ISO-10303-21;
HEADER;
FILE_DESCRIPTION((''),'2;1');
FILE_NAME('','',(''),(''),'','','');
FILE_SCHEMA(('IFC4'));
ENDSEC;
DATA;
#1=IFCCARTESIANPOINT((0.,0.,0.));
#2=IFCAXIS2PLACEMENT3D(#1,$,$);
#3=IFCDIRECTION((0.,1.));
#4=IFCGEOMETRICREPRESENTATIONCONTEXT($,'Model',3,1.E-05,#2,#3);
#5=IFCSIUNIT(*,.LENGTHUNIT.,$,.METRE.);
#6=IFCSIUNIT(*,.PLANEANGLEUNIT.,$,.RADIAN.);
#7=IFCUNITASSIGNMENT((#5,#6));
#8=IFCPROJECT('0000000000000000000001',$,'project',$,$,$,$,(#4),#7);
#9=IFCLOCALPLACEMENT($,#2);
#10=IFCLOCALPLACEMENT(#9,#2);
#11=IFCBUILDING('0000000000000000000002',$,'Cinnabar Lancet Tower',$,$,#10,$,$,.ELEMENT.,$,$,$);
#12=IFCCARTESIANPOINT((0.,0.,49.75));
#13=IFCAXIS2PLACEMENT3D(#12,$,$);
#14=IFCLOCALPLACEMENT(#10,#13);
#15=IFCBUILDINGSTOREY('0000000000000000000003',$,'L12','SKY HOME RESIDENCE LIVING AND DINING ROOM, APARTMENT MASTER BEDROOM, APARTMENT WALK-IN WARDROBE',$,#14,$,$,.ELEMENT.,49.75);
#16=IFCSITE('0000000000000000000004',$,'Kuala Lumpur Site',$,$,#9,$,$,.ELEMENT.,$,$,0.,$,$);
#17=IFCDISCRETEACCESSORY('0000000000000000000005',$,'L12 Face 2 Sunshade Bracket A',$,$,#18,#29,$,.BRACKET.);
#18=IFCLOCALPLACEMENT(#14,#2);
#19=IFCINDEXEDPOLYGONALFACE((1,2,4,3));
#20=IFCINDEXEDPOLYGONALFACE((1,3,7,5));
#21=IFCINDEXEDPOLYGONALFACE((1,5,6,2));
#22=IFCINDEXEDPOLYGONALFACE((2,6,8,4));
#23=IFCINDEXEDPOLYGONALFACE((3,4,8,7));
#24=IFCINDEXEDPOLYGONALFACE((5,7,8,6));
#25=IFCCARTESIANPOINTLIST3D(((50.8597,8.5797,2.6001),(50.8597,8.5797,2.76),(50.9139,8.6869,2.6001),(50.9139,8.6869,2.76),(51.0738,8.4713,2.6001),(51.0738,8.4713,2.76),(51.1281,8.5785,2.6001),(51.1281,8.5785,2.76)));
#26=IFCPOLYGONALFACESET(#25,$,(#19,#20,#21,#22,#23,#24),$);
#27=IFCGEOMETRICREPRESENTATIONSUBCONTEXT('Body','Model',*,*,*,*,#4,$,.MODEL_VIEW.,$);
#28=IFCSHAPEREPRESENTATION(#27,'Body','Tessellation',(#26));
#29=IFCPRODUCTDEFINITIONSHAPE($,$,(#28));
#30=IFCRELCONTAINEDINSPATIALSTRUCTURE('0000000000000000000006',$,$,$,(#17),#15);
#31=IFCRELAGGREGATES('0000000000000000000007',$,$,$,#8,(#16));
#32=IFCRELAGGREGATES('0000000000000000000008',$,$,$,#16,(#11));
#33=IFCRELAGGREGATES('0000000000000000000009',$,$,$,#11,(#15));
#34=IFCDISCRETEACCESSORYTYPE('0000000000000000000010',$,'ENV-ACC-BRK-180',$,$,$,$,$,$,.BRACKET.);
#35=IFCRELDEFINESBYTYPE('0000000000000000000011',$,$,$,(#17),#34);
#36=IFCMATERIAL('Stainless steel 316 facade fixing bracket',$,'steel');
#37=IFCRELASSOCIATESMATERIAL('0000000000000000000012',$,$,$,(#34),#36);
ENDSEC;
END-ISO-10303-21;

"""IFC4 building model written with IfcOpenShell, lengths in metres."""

from ifc_helpers import new_model, si_unit, direction, frame, origin, origin_2d, place, context, subcontext, project, spatial, rectangle, extrude, material, type_object, element, save


model = new_model("IFC4")

# Units and contexts
model_context = context("Model", 3, precision=1e-05, world=origin(), true_north=direction((0.0, 1.0)))
body_context = subcontext(model_context, "Body", "Model", "MODEL_VIEW")
ifc_project = project(units=[si_unit("LENGTHUNIT", "METRE"), si_unit("PLANEANGLEUNIT", "RADIAN")], contexts=[model_context])

# Site, building, storey
site_placement = place(None, origin())
site = spatial("IfcSite", under=ifc_project, at=site_placement, Name="Kuala Lumpur Site", CompositionType="ELEMENT", RefElevation=0.0)
building_placement = place(site_placement, origin())
building = spatial("IfcBuilding", under=site, at=building_placement, Name="Cinnabar Lancet Tower", CompositionType="ELEMENT")
storey_placement = place(building_placement, frame((0.0, 0.0, 49.75)))
storey = spatial("IfcBuildingStorey", under=building, at=storey_placement, Name="L12", Description="SKY HOME RESIDENCE LIVING AND DINING ROOM, APARTMENT MASTER BEDROOM, APARTMENT WALK-IN WARDROBE", CompositionType="ELEMENT", Elevation=49.75)

# Discrete accessory
ifc_material_1 = material(Name="Stainless steel 316 facade fixing bracket", Category="steel")
discrete_accessory_type = type_object("IfcDiscreteAccessoryType", Name="ENV-ACC-BRK-180", PredefinedType="BRACKET", material=ifc_material_1)
discrete_accessory_placement = place(storey_placement, frame((50.9939, 8.5791, 2.6001), z_axis=(0.0, 0.0, 1.0), x_axis=(0.451501, 0.892271, 0.0)))
element("IfcDiscreteAccessory", 1, at=discrete_accessory_placement, inside=storey, type_object=discrete_accessory_type, Name="L12 Face 2 Sunshade Bracket A", PredefinedType="BRACKET", context=body_context, shape_type="SweptSolid", body=[
    extrude(rectangle(XDim=0.1201, YDim=0.24, at=origin_2d()), origin(), (0.0, 0.0, 1.0), 0.1599),
])

save(model, "model.ifc")
